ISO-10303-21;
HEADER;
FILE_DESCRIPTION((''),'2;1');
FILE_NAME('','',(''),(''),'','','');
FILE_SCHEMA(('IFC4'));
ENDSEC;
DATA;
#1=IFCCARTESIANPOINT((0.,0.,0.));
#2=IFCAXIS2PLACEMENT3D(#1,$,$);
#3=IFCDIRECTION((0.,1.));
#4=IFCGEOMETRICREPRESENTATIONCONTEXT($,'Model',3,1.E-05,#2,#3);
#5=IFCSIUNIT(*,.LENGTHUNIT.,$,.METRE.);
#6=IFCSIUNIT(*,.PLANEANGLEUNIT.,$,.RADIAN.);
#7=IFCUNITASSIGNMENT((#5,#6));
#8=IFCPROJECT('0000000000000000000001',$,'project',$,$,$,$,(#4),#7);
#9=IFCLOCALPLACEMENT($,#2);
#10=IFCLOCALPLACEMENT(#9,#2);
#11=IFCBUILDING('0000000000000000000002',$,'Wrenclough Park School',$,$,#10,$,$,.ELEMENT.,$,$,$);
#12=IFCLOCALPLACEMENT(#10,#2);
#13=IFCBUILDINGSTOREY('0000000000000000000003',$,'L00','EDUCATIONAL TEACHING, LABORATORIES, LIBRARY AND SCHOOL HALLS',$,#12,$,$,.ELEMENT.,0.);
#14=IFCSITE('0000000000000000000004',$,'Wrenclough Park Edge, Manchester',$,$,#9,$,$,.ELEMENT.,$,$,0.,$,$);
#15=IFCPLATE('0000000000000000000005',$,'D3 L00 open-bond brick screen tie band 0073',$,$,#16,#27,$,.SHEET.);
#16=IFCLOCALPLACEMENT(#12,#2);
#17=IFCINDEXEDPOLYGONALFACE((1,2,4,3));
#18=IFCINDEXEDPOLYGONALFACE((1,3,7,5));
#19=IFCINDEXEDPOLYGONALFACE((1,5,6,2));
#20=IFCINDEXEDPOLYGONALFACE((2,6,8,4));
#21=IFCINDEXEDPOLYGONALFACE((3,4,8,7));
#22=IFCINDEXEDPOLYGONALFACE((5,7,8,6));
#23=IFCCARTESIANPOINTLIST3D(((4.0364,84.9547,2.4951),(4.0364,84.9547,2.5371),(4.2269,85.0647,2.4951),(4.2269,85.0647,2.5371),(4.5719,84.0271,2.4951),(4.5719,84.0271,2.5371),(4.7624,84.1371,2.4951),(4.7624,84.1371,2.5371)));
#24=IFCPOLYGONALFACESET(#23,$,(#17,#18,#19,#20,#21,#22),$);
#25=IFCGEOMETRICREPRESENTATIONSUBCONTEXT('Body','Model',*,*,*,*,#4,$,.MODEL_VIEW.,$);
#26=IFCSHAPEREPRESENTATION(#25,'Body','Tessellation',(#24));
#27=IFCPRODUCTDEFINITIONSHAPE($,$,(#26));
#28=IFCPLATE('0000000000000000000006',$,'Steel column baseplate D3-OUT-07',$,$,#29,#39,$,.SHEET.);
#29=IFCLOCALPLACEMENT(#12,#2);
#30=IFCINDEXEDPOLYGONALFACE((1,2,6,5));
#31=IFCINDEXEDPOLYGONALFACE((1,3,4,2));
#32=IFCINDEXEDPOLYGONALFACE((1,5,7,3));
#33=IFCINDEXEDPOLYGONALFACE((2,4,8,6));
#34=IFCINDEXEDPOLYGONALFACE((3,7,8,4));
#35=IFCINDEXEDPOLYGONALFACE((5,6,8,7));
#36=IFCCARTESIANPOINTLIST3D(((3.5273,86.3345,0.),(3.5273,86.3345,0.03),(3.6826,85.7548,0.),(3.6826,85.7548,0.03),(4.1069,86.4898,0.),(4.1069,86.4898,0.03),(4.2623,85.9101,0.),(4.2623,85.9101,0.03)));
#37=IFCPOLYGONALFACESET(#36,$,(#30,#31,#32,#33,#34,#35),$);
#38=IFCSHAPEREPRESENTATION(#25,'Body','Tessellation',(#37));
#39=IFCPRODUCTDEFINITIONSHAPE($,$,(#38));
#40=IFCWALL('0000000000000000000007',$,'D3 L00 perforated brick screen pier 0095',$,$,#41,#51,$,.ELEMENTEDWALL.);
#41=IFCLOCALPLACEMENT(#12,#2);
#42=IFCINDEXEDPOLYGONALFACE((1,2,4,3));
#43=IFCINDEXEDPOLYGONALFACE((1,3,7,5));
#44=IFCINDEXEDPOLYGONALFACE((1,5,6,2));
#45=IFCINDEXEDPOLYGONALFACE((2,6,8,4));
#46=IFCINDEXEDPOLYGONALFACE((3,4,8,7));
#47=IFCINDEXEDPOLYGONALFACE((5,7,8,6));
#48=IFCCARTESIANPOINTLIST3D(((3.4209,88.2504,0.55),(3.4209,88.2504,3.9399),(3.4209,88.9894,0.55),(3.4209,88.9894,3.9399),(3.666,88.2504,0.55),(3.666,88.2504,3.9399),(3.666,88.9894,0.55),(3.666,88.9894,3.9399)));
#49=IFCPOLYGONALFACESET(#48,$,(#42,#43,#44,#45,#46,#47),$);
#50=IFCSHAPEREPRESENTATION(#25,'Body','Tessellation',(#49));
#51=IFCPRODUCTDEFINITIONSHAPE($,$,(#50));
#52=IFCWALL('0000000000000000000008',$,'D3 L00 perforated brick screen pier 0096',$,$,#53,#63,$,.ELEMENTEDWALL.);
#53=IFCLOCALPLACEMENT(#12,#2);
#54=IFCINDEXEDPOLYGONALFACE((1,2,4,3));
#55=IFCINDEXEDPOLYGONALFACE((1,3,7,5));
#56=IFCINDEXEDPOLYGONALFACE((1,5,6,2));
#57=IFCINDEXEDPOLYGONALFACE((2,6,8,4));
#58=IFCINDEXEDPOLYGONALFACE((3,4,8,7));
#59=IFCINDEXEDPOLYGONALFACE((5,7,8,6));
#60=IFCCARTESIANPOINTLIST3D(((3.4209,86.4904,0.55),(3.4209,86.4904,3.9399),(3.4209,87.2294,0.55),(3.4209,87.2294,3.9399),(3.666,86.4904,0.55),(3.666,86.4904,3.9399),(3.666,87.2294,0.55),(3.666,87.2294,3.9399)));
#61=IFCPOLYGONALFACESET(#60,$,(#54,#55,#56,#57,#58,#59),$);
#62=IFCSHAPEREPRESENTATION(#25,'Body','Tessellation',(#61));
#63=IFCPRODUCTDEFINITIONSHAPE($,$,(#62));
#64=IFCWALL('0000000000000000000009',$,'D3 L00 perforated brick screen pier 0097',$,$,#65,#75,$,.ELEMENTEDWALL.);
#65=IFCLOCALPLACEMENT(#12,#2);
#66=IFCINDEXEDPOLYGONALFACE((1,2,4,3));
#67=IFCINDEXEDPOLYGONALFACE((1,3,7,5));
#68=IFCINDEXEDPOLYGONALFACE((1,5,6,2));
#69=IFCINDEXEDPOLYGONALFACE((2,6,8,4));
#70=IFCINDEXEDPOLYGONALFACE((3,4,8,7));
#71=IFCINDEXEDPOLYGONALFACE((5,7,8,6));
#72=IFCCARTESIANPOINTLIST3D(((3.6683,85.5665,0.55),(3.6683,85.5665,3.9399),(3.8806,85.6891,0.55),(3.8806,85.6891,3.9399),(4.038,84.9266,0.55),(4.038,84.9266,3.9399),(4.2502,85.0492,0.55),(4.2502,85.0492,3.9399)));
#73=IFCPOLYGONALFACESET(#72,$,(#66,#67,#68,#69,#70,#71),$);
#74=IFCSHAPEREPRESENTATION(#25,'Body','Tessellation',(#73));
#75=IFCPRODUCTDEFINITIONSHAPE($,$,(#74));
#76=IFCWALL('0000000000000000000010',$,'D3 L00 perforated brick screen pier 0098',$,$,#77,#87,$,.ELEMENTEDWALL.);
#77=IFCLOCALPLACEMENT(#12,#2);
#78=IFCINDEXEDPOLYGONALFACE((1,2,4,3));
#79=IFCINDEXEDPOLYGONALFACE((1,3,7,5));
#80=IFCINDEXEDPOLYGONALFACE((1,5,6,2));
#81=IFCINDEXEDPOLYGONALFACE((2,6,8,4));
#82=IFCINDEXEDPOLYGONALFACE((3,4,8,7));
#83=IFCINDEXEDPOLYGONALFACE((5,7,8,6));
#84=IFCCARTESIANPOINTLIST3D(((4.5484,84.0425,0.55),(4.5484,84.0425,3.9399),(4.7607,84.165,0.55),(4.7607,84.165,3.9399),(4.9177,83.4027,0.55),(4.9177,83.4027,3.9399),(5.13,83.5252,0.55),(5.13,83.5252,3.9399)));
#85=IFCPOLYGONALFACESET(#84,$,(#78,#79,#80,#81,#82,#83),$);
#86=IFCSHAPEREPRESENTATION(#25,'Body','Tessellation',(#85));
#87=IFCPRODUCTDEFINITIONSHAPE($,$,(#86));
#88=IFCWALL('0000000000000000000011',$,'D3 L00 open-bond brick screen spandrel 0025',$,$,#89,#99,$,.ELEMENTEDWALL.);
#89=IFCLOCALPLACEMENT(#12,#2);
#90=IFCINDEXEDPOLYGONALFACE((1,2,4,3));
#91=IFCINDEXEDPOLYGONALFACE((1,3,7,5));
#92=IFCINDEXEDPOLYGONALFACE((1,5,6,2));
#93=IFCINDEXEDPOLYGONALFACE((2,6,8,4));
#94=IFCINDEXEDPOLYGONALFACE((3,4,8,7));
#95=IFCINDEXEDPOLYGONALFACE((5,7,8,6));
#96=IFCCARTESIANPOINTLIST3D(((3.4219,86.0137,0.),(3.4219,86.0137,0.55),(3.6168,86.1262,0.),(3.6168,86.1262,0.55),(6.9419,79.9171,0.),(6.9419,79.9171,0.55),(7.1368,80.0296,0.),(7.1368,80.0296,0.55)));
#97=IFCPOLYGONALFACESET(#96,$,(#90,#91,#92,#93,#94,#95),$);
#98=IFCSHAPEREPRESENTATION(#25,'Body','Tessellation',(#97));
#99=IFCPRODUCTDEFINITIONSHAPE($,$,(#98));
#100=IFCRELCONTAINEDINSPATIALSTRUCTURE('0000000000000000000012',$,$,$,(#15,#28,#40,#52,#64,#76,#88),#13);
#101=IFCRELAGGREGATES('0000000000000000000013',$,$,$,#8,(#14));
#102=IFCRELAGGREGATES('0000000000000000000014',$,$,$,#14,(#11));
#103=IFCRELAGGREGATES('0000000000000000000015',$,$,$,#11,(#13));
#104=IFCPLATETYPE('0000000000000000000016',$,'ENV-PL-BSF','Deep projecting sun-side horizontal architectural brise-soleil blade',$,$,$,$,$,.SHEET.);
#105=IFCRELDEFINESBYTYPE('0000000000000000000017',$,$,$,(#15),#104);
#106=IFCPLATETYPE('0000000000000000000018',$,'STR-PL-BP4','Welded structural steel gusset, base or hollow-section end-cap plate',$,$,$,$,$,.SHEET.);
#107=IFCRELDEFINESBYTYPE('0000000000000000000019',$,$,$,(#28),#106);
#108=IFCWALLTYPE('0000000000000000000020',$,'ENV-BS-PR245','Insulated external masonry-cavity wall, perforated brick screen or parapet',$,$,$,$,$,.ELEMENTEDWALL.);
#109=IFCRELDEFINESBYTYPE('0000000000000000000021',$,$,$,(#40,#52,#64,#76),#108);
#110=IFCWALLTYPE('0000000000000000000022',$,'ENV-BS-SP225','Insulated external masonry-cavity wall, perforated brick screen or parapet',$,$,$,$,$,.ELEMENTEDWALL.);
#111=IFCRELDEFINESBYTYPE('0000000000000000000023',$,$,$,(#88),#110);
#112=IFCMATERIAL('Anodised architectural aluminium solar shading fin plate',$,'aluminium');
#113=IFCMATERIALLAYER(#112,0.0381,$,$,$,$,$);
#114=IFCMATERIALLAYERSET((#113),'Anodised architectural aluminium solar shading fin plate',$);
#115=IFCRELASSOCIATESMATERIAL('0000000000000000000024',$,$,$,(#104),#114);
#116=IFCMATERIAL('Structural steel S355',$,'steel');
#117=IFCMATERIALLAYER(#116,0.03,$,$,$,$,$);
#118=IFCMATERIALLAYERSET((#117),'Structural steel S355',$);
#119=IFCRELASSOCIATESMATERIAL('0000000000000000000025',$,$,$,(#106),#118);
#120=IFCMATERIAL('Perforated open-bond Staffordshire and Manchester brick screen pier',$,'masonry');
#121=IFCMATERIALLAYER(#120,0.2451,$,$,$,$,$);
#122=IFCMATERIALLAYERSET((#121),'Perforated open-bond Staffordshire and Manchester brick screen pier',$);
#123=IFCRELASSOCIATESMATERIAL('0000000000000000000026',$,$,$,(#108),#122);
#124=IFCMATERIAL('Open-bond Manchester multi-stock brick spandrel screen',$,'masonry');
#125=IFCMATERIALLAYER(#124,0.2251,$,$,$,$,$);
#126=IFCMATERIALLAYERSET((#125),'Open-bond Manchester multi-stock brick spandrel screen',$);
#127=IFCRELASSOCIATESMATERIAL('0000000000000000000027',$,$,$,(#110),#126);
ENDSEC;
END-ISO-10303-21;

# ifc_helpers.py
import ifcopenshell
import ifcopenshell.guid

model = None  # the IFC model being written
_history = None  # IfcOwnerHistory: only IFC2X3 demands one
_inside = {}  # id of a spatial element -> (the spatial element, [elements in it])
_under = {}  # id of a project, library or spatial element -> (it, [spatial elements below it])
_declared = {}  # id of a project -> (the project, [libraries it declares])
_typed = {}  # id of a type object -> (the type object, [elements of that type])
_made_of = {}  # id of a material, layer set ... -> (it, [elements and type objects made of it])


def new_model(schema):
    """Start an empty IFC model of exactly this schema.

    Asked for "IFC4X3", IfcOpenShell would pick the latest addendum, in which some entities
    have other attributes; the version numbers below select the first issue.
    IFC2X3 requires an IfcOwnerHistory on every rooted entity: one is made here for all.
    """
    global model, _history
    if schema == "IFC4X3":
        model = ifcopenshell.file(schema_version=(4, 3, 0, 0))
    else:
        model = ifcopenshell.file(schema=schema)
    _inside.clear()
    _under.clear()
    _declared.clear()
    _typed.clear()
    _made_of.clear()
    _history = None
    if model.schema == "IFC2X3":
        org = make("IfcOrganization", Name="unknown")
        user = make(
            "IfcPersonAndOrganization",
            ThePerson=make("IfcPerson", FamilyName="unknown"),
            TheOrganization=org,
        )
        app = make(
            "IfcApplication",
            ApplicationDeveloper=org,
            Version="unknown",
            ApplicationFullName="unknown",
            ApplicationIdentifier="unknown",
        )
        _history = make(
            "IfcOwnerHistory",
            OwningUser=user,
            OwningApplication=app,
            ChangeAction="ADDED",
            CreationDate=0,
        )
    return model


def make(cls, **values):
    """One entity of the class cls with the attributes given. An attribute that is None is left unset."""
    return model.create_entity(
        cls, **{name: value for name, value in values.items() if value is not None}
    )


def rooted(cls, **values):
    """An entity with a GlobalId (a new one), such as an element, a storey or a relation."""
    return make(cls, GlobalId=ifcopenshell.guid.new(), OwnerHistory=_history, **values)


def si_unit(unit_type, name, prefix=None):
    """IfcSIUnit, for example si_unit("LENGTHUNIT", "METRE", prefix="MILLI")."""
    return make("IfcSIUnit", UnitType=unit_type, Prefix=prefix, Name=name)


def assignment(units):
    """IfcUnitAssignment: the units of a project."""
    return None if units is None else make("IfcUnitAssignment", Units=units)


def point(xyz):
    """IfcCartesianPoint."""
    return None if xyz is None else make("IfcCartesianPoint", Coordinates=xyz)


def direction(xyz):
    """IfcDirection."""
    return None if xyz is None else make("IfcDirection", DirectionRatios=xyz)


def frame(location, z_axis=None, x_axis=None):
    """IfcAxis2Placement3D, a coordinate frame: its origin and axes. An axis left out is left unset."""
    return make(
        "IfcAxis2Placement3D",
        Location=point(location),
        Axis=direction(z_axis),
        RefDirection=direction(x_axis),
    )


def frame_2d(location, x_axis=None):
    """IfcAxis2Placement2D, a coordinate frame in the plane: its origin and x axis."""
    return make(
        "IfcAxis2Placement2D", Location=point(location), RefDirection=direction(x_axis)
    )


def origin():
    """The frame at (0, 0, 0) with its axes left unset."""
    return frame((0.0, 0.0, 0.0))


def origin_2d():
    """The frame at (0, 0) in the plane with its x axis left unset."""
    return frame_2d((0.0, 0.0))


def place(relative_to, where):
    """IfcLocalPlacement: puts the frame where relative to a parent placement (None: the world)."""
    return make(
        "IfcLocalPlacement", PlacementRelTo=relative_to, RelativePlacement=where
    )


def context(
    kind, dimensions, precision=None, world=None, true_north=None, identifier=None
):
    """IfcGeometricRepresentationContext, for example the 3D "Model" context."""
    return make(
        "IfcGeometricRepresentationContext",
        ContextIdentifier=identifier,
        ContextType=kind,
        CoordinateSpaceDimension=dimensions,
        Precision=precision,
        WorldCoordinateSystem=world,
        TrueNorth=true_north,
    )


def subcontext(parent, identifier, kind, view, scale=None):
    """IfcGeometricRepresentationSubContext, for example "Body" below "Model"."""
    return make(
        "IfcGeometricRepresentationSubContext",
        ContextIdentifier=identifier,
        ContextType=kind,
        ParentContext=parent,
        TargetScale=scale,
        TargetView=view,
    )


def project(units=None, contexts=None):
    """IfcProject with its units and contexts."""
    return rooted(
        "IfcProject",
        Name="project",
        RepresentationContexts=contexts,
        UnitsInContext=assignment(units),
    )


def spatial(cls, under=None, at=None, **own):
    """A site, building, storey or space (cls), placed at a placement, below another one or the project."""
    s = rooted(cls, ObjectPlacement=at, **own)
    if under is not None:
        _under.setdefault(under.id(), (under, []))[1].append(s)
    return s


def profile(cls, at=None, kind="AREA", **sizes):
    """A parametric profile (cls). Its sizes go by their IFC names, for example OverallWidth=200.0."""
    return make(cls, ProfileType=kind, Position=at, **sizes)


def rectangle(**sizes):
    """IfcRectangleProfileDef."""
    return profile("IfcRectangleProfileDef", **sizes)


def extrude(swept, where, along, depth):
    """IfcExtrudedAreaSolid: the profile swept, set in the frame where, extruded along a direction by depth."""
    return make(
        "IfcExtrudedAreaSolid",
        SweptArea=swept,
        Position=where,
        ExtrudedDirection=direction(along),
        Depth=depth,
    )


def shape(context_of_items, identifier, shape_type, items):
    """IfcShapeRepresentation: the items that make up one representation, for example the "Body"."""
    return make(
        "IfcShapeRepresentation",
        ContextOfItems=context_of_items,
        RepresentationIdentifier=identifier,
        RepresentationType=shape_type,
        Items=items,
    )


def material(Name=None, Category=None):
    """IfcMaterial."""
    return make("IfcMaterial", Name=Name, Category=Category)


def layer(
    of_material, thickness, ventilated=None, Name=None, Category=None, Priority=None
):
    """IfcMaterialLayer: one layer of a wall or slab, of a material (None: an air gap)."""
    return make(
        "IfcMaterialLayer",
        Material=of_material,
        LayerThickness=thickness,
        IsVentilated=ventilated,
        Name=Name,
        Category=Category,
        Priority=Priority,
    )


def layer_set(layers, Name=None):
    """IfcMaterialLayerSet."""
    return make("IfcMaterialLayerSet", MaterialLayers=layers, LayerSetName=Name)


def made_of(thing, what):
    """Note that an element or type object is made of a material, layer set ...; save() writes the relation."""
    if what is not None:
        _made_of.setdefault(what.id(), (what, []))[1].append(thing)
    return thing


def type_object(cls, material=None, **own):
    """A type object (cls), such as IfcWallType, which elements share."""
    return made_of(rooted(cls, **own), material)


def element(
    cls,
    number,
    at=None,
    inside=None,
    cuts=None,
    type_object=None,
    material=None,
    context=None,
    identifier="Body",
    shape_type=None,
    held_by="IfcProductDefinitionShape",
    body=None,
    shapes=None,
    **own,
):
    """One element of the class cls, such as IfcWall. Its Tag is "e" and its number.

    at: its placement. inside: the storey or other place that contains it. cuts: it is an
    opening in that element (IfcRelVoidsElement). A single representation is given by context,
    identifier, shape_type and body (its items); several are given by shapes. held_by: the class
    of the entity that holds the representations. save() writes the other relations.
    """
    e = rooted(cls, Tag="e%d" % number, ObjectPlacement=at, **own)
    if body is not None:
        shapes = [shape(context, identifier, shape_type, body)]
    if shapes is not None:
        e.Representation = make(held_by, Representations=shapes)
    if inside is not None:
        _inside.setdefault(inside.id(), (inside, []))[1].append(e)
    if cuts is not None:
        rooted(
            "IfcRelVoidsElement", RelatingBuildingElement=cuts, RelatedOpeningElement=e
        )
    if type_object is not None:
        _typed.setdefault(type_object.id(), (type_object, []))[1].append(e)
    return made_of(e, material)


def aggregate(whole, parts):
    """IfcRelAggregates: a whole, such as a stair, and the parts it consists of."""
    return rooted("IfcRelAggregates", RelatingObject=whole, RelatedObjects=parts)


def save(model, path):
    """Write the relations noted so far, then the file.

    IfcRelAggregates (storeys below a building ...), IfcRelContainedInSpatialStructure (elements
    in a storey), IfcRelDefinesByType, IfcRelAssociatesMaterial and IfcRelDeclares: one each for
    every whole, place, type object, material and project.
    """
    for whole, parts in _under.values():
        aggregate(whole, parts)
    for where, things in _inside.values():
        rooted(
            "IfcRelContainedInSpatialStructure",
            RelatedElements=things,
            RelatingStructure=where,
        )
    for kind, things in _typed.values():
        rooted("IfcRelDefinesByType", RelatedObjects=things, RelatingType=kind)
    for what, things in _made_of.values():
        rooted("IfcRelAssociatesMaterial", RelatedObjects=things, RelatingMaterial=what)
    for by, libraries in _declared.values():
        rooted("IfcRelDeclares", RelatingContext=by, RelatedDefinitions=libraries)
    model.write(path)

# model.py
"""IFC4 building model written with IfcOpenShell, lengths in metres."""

from ifc_helpers import new_model, si_unit, direction, frame, frame_2d, origin, origin_2d, place, context, subcontext, project, spatial, rectangle, extrude, material, layer, layer_set, type_object, element, save


model = new_model("IFC4")

# Units and contexts
model_context = context("Model", 3, precision=1e-05, world=origin(), true_north=direction((0.0, 1.0)))
body_context = subcontext(model_context, "Body", "Model", "MODEL_VIEW")
ifc_project = project(units=[si_unit("LENGTHUNIT", "METRE"), si_unit("PLANEANGLEUNIT", "RADIAN")], contexts=[model_context])

# Site, building, storey
site_placement = place(None, origin())
site = spatial("IfcSite", under=ifc_project, at=site_placement, Name="Wrenclough Park Edge, Manchester", CompositionType="ELEMENT", RefElevation=0.0)
building_placement = place(site_placement, origin())
building = spatial("IfcBuilding", under=site, at=building_placement, Name="Wrenclough Park School", CompositionType="ELEMENT")
storey_placement = place(building_placement, origin())
storey = spatial("IfcBuildingStorey", under=building, at=storey_placement, Name="L00", Description="EDUCATIONAL TEACHING, LABORATORIES, LIBRARY AND SCHOOL HALLS", CompositionType="ELEMENT", Elevation=0.0)

# Shared definitions
ifc_material_1 = material(Name="Structural steel S355", Category="steel")

# Plates
ifc_material_2 = material(Name="Anodised architectural aluminium solar shading fin plate", Category="aluminium")
ifc_layer_1 = layer(ifc_material_2, 0.0381)
ifc_layer_set_1 = layer_set([ifc_layer_1], Name="Anodised architectural aluminium solar shading fin plate")
plate_type_1 = type_object("IfcPlateType", Name="ENV-PL-BSF", Description="Deep projecting sun-side horizontal architectural brise-soleil blade", PredefinedType="SHEET", material=ifc_layer_set_1)
plate_1_placement = place(storey_placement, frame((4.3994, 84.5459, 2.4951), z_axis=(0.0, 0.0, 1.0), x_axis=(0.499991, -0.866031, 0.0)))
element("IfcPlate", 1, at=plate_1_placement, inside=storey, type_object=plate_type_1, Name="D3 L00 open-bond brick screen tie band 0073", PredefinedType="SHEET", context=body_context, shape_type="SweptSolid", body=[
    extrude(rectangle(XDim=1.071, YDim=0.22, at=origin_2d()), origin(), (0.0, 0.0, 1.0), 0.042),
])
ifc_layer_2 = layer(ifc_material_1, 0.03)
ifc_layer_set_2 = layer_set([ifc_layer_2], Name="Structural steel S355")
plate_type_2 = type_object("IfcPlateType", Name="STR-PL-BP4", Description="Welded structural steel gusset, base or hollow-section end-cap plate", PredefinedType="SHEET", material=ifc_layer_set_2)
plate_2_placement = place(storey_placement, frame((3.8948, 86.1223, 0.0), z_axis=(0.0, 0.0, 1.0), x_axis=(0.258819, -0.965926, 0.0)))
element("IfcPlate", 2, at=plate_2_placement, inside=storey, type_object=plate_type_2, Name="Steel column baseplate D3-OUT-07", PredefinedType="SHEET", context=body_context, shape_type="SweptSolid", body=[
    extrude(rectangle(XDim=0.6001, YDim=0.6001, at=origin_2d()), origin(), (0.0, 0.0, 1.0), 0.03),
])

# Walls
ifc_material_3 = material(Name="Perforated open-bond Staffordshire and Manchester brick screen pier", Category="masonry")
ifc_layer_3 = layer(ifc_material_3, 0.2451)
ifc_layer_set_3 = layer_set([ifc_layer_3], Name="Perforated open-bond Staffordshire and Manchester brick screen pier")
wall_type_1 = type_object("IfcWallType", Name="ENV-BS-PR245", Description="Insulated external masonry-cavity wall, perforated brick screen or parapet", PredefinedType="ELEMENTEDWALL", material=ifc_layer_set_3)
for number, where, z_axis, x_axis, name in (
    (3, (3.5435, 88.9895, 0.55), (0.0, 0.0, 1.0), (0.0, -1.0, 0.0), "D3 L00 perforated brick screen pier 0095"),
    (4, (3.5435, 87.2295, 0.55), (0.0, 0.0, 1.0), (0.0, -1.0, 0.0), "D3 L00 perforated brick screen pier 0096"),
    (5, (3.7744, 85.6279, 0.55), (0.0, 0.0, 1.0), (0.50019, -0.865916, 0.0), "D3 L00 perforated brick screen pier 0097"),
):
    element("IfcWall", number, at=place(storey_placement, frame(where, z_axis=z_axis, x_axis=x_axis)), inside=storey, type_object=wall_type_1, Name=name, PredefinedType="ELEMENTEDWALL", context=body_context, shape_type="SweptSolid", body=[
        extrude(rectangle(XDim=0.739, YDim=0.2451, at=frame_2d((0.3696, 0.0))), origin(), (0.0, 0.0, 1.0), 3.3899),
    ])
wall_1_placement = place(storey_placement, frame((4.6545, 84.1038, 0.55), z_axis=(0.0, 0.0, 1.0), x_axis=(0.499942, -0.866059, 0.0)))
element("IfcWall", 6, at=wall_1_placement, inside=storey, type_object=wall_type_1, Name="D3 L00 perforated brick screen pier 0098", PredefinedType="ELEMENTEDWALL", context=body_context, shape_type="SweptSolid", body=[
    extrude(rectangle(XDim=0.7388, YDim=0.2451, at=frame_2d((0.3694, 0.0))), origin(), (0.0, 0.0, 1.0), 3.3899),
])
ifc_material_4 = material(Name="Open-bond Manchester multi-stock brick spandrel screen", Category="masonry")
ifc_layer_4 = layer(ifc_material_4, 0.2251)
ifc_layer_set_4 = layer_set([ifc_layer_4], Name="Open-bond Manchester multi-stock brick spandrel screen")
wall_type_2 = type_object("IfcWallType", Name="ENV-BS-SP225", Description="Insulated external masonry-cavity wall, perforated brick screen or parapet", PredefinedType="ELEMENTEDWALL", material=ifc_layer_set_4)
wall_2_placement = place(storey_placement, frame((3.5193, 86.0701, 0.0), z_axis=(0.0, 0.0, 1.0), x_axis=(0.500011, -0.866019, 0.0)))
element("IfcWall", 7, at=wall_2_placement, inside=storey, type_object=wall_type_2, Name="D3 L00 open-bond brick screen spandrel 0025", PredefinedType="ELEMENTEDWALL", context=body_context, shape_type="SweptSolid", body=[
    extrude(rectangle(XDim=7.0398, YDim=0.2251, at=frame_2d((3.52, 0.0))), origin(), (0.0, 0.0, 1.0), 0.55),
])

save(model, "model.ifc")
